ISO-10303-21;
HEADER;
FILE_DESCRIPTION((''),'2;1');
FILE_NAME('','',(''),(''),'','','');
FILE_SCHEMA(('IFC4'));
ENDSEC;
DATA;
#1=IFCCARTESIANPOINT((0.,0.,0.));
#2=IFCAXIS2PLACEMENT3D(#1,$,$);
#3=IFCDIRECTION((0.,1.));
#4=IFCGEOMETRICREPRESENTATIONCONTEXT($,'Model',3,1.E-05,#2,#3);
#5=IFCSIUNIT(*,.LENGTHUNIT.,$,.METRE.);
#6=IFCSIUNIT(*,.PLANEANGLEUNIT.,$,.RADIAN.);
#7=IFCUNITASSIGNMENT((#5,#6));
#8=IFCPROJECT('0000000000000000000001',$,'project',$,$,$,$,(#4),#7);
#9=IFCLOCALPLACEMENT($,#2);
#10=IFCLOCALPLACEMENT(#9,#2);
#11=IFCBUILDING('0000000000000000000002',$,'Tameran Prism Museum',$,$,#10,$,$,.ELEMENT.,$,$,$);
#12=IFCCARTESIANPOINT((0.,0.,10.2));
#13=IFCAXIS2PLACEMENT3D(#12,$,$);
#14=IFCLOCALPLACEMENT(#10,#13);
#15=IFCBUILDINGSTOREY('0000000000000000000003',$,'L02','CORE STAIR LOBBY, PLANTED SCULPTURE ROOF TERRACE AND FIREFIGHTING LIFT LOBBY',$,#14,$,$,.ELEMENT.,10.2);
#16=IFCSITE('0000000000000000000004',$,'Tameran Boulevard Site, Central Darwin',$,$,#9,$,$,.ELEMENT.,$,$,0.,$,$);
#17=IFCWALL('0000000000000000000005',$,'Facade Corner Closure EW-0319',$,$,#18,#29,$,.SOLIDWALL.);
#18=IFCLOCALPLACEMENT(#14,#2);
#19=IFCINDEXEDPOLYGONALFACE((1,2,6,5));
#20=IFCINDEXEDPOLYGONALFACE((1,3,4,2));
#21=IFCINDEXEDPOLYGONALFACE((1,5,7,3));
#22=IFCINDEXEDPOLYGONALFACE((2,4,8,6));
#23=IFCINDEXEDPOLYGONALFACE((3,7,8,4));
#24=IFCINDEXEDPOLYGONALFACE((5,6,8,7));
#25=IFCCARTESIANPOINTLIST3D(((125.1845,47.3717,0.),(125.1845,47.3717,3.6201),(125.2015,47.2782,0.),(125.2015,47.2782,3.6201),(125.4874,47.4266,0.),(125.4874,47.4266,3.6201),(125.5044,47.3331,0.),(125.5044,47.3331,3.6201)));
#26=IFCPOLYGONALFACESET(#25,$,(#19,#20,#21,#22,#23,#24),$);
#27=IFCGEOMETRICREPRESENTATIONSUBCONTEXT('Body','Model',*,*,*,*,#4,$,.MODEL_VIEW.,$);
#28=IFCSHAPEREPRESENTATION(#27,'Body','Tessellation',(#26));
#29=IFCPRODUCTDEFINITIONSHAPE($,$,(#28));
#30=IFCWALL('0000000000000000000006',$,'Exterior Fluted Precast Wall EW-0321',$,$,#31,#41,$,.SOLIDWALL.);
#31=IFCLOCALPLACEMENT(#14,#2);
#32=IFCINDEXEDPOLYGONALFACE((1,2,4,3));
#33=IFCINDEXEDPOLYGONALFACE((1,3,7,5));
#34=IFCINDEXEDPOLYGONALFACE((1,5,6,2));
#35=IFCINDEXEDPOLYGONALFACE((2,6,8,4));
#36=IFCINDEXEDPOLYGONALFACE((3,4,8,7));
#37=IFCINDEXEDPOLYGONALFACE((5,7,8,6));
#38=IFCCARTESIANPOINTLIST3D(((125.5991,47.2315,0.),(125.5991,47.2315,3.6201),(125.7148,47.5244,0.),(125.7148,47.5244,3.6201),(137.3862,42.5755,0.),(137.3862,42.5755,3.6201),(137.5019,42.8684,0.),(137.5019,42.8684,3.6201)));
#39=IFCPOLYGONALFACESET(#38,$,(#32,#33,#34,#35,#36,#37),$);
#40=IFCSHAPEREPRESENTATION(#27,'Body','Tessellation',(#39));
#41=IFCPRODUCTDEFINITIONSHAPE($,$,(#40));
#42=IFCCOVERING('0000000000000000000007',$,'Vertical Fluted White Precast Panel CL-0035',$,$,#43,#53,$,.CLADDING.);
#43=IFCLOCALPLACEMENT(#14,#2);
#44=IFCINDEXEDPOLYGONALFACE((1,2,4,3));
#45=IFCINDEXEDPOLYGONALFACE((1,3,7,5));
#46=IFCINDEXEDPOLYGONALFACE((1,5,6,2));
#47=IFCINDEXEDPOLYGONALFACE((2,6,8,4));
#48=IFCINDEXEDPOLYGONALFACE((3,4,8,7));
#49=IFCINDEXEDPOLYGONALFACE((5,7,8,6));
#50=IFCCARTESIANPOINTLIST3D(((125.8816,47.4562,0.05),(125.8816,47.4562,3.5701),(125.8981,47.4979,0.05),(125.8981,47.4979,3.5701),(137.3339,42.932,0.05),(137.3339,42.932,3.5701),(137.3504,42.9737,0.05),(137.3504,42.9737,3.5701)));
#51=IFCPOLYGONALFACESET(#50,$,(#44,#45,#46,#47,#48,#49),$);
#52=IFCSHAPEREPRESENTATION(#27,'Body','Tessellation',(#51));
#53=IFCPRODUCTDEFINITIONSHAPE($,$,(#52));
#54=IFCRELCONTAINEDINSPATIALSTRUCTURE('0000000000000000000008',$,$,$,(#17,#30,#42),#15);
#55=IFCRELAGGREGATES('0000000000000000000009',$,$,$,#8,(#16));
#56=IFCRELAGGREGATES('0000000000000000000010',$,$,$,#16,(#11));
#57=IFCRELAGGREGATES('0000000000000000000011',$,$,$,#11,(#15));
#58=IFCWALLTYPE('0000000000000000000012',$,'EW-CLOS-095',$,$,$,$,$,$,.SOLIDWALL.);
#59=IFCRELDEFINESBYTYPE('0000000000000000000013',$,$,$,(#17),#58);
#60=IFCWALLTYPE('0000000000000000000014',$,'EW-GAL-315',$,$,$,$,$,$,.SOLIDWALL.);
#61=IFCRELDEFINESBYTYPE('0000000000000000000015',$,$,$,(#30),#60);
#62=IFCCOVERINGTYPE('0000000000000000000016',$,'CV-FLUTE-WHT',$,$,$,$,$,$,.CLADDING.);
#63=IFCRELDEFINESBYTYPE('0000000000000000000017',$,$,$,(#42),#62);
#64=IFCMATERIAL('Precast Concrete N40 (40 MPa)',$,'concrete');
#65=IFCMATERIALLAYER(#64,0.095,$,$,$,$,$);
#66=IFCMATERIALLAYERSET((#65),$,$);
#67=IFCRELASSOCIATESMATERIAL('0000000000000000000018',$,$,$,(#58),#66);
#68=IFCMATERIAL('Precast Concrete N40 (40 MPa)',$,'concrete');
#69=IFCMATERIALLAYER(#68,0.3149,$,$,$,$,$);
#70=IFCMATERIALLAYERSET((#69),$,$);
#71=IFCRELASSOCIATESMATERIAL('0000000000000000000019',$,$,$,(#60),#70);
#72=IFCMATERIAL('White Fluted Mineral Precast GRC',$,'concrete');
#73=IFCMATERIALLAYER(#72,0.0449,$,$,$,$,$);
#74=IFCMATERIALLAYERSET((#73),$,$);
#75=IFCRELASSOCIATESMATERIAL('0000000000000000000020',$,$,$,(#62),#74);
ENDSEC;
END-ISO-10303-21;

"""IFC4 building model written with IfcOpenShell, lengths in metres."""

from ifc_helpers import new_model, si_unit, direction, frame, frame_2d, origin, place, context, subcontext, project, spatial, rectangle, extrude, material, layer, layer_set, type_object, element, save


model = new_model("IFC4")

# Units and contexts
model_context = context("Model", 3, precision=1e-05, world=origin(), true_north=direction((0.0, 1.0)))
body_context = subcontext(model_context, "Body", "Model", "MODEL_VIEW")
ifc_project = project(units=[si_unit("LENGTHUNIT", "METRE"), si_unit("PLANEANGLEUNIT", "RADIAN")], contexts=[model_context])

# Site, building, storey
site_placement = place(None, origin())
site = spatial("IfcSite", under=ifc_project, at=site_placement, Name="Tameran Boulevard Site, Central Darwin", CompositionType="ELEMENT", RefElevation=0.0)
building_placement = place(site_placement, origin())
building = spatial("IfcBuilding", under=site, at=building_placement, Name="Tameran Prism Museum", CompositionType="ELEMENT")
storey_placement = place(building_placement, frame((0.0, 0.0, 10.2)))
storey = spatial("IfcBuildingStorey", under=building, at=storey_placement, Name="L02", Description="CORE STAIR LOBBY, PLANTED SCULPTURE ROOF TERRACE AND FIREFIGHTING LIFT LOBBY", CompositionType="ELEMENT", Elevation=10.2)

# Walls
ifc_material_1 = material(Name="Precast Concrete N40 (40 MPa)", Category="concrete")
ifc_layer_1 = layer(ifc_material_1, 0.095)
ifc_layer_set_1 = layer_set([ifc_layer_1])
wall_type_1 = type_object("IfcWallType", Name="EW-CLOS-095", PredefinedType="SOLIDWALL", material=ifc_layer_set_1)
wall_1_placement = place(storey_placement, frame((125.1931, 47.325, 0.0), z_axis=(0.0, 0.0, 1.0), x_axis=(0.983959, 0.178397, 0.0)))
element("IfcWall", 1, at=wall_1_placement, inside=storey, type_object=wall_type_1, Name="Facade Corner Closure EW-0319", PredefinedType="SOLIDWALL", context=body_context, shape_type="SweptSolid", body=[
    extrude(rectangle(XDim=0.3079, YDim=0.095, at=frame_2d((0.1538, 0.0))), origin(), (0.0, 0.0, 1.0), 3.6201),
])
ifc_material_2 = material(Name="Precast Concrete N40 (40 MPa)", Category="concrete")
ifc_layer_2 = layer(ifc_material_2, 0.3149)
ifc_layer_set_2 = layer_set([ifc_layer_2])
wall_type_2 = type_object("IfcWallType", Name="EW-GAL-315", PredefinedType="SOLIDWALL", material=ifc_layer_set_2)
wall_2_placement = place(storey_placement, frame((125.657, 47.3779, 0.0), z_axis=(0.0, 0.0, 1.0), x_axis=(0.930069, -0.367385, 0.0)))
element("IfcWall", 2, at=wall_2_placement, inside=storey, type_object=wall_type_2, Name="Exterior Fluted Precast Wall EW-0321", PredefinedType="SOLIDWALL", context=body_context, shape_type="SweptSolid", body=[
    extrude(rectangle(XDim=12.6733, YDim=0.3149, at=frame_2d((6.3367, 0.0))), origin(), (0.0, 0.0, 1.0), 3.6201),
])

# Covering
ifc_material_3 = material(Name="White Fluted Mineral Precast GRC", Category="concrete")
ifc_layer_3 = layer(ifc_material_3, 0.0449)
ifc_layer_set_3 = layer_set([ifc_layer_3])
covering_type = type_object("IfcCoveringType", Name="CV-FLUTE-WHT", PredefinedType="CLADDING", material=ifc_layer_set_3)
covering_placement = place(storey_placement, frame((125.8899, 47.4771, 0.05), z_axis=(0.0, 0.0, 1.0), x_axis=(0.930056, -0.367418, 0.0)))
element("IfcCovering", 3, at=covering_placement, inside=storey, type_object=covering_type, Name="Vertical Fluted White Precast Panel CL-0035", PredefinedType="CLADDING", context=body_context, shape_type="SweptSolid", body=[
    extrude(rectangle(XDim=12.3135, YDim=0.0449, at=frame_2d((6.1567, 0.0))), origin(), (0.0, 0.0, 1.0), 3.52),
])

save(model, "model.ifc")
